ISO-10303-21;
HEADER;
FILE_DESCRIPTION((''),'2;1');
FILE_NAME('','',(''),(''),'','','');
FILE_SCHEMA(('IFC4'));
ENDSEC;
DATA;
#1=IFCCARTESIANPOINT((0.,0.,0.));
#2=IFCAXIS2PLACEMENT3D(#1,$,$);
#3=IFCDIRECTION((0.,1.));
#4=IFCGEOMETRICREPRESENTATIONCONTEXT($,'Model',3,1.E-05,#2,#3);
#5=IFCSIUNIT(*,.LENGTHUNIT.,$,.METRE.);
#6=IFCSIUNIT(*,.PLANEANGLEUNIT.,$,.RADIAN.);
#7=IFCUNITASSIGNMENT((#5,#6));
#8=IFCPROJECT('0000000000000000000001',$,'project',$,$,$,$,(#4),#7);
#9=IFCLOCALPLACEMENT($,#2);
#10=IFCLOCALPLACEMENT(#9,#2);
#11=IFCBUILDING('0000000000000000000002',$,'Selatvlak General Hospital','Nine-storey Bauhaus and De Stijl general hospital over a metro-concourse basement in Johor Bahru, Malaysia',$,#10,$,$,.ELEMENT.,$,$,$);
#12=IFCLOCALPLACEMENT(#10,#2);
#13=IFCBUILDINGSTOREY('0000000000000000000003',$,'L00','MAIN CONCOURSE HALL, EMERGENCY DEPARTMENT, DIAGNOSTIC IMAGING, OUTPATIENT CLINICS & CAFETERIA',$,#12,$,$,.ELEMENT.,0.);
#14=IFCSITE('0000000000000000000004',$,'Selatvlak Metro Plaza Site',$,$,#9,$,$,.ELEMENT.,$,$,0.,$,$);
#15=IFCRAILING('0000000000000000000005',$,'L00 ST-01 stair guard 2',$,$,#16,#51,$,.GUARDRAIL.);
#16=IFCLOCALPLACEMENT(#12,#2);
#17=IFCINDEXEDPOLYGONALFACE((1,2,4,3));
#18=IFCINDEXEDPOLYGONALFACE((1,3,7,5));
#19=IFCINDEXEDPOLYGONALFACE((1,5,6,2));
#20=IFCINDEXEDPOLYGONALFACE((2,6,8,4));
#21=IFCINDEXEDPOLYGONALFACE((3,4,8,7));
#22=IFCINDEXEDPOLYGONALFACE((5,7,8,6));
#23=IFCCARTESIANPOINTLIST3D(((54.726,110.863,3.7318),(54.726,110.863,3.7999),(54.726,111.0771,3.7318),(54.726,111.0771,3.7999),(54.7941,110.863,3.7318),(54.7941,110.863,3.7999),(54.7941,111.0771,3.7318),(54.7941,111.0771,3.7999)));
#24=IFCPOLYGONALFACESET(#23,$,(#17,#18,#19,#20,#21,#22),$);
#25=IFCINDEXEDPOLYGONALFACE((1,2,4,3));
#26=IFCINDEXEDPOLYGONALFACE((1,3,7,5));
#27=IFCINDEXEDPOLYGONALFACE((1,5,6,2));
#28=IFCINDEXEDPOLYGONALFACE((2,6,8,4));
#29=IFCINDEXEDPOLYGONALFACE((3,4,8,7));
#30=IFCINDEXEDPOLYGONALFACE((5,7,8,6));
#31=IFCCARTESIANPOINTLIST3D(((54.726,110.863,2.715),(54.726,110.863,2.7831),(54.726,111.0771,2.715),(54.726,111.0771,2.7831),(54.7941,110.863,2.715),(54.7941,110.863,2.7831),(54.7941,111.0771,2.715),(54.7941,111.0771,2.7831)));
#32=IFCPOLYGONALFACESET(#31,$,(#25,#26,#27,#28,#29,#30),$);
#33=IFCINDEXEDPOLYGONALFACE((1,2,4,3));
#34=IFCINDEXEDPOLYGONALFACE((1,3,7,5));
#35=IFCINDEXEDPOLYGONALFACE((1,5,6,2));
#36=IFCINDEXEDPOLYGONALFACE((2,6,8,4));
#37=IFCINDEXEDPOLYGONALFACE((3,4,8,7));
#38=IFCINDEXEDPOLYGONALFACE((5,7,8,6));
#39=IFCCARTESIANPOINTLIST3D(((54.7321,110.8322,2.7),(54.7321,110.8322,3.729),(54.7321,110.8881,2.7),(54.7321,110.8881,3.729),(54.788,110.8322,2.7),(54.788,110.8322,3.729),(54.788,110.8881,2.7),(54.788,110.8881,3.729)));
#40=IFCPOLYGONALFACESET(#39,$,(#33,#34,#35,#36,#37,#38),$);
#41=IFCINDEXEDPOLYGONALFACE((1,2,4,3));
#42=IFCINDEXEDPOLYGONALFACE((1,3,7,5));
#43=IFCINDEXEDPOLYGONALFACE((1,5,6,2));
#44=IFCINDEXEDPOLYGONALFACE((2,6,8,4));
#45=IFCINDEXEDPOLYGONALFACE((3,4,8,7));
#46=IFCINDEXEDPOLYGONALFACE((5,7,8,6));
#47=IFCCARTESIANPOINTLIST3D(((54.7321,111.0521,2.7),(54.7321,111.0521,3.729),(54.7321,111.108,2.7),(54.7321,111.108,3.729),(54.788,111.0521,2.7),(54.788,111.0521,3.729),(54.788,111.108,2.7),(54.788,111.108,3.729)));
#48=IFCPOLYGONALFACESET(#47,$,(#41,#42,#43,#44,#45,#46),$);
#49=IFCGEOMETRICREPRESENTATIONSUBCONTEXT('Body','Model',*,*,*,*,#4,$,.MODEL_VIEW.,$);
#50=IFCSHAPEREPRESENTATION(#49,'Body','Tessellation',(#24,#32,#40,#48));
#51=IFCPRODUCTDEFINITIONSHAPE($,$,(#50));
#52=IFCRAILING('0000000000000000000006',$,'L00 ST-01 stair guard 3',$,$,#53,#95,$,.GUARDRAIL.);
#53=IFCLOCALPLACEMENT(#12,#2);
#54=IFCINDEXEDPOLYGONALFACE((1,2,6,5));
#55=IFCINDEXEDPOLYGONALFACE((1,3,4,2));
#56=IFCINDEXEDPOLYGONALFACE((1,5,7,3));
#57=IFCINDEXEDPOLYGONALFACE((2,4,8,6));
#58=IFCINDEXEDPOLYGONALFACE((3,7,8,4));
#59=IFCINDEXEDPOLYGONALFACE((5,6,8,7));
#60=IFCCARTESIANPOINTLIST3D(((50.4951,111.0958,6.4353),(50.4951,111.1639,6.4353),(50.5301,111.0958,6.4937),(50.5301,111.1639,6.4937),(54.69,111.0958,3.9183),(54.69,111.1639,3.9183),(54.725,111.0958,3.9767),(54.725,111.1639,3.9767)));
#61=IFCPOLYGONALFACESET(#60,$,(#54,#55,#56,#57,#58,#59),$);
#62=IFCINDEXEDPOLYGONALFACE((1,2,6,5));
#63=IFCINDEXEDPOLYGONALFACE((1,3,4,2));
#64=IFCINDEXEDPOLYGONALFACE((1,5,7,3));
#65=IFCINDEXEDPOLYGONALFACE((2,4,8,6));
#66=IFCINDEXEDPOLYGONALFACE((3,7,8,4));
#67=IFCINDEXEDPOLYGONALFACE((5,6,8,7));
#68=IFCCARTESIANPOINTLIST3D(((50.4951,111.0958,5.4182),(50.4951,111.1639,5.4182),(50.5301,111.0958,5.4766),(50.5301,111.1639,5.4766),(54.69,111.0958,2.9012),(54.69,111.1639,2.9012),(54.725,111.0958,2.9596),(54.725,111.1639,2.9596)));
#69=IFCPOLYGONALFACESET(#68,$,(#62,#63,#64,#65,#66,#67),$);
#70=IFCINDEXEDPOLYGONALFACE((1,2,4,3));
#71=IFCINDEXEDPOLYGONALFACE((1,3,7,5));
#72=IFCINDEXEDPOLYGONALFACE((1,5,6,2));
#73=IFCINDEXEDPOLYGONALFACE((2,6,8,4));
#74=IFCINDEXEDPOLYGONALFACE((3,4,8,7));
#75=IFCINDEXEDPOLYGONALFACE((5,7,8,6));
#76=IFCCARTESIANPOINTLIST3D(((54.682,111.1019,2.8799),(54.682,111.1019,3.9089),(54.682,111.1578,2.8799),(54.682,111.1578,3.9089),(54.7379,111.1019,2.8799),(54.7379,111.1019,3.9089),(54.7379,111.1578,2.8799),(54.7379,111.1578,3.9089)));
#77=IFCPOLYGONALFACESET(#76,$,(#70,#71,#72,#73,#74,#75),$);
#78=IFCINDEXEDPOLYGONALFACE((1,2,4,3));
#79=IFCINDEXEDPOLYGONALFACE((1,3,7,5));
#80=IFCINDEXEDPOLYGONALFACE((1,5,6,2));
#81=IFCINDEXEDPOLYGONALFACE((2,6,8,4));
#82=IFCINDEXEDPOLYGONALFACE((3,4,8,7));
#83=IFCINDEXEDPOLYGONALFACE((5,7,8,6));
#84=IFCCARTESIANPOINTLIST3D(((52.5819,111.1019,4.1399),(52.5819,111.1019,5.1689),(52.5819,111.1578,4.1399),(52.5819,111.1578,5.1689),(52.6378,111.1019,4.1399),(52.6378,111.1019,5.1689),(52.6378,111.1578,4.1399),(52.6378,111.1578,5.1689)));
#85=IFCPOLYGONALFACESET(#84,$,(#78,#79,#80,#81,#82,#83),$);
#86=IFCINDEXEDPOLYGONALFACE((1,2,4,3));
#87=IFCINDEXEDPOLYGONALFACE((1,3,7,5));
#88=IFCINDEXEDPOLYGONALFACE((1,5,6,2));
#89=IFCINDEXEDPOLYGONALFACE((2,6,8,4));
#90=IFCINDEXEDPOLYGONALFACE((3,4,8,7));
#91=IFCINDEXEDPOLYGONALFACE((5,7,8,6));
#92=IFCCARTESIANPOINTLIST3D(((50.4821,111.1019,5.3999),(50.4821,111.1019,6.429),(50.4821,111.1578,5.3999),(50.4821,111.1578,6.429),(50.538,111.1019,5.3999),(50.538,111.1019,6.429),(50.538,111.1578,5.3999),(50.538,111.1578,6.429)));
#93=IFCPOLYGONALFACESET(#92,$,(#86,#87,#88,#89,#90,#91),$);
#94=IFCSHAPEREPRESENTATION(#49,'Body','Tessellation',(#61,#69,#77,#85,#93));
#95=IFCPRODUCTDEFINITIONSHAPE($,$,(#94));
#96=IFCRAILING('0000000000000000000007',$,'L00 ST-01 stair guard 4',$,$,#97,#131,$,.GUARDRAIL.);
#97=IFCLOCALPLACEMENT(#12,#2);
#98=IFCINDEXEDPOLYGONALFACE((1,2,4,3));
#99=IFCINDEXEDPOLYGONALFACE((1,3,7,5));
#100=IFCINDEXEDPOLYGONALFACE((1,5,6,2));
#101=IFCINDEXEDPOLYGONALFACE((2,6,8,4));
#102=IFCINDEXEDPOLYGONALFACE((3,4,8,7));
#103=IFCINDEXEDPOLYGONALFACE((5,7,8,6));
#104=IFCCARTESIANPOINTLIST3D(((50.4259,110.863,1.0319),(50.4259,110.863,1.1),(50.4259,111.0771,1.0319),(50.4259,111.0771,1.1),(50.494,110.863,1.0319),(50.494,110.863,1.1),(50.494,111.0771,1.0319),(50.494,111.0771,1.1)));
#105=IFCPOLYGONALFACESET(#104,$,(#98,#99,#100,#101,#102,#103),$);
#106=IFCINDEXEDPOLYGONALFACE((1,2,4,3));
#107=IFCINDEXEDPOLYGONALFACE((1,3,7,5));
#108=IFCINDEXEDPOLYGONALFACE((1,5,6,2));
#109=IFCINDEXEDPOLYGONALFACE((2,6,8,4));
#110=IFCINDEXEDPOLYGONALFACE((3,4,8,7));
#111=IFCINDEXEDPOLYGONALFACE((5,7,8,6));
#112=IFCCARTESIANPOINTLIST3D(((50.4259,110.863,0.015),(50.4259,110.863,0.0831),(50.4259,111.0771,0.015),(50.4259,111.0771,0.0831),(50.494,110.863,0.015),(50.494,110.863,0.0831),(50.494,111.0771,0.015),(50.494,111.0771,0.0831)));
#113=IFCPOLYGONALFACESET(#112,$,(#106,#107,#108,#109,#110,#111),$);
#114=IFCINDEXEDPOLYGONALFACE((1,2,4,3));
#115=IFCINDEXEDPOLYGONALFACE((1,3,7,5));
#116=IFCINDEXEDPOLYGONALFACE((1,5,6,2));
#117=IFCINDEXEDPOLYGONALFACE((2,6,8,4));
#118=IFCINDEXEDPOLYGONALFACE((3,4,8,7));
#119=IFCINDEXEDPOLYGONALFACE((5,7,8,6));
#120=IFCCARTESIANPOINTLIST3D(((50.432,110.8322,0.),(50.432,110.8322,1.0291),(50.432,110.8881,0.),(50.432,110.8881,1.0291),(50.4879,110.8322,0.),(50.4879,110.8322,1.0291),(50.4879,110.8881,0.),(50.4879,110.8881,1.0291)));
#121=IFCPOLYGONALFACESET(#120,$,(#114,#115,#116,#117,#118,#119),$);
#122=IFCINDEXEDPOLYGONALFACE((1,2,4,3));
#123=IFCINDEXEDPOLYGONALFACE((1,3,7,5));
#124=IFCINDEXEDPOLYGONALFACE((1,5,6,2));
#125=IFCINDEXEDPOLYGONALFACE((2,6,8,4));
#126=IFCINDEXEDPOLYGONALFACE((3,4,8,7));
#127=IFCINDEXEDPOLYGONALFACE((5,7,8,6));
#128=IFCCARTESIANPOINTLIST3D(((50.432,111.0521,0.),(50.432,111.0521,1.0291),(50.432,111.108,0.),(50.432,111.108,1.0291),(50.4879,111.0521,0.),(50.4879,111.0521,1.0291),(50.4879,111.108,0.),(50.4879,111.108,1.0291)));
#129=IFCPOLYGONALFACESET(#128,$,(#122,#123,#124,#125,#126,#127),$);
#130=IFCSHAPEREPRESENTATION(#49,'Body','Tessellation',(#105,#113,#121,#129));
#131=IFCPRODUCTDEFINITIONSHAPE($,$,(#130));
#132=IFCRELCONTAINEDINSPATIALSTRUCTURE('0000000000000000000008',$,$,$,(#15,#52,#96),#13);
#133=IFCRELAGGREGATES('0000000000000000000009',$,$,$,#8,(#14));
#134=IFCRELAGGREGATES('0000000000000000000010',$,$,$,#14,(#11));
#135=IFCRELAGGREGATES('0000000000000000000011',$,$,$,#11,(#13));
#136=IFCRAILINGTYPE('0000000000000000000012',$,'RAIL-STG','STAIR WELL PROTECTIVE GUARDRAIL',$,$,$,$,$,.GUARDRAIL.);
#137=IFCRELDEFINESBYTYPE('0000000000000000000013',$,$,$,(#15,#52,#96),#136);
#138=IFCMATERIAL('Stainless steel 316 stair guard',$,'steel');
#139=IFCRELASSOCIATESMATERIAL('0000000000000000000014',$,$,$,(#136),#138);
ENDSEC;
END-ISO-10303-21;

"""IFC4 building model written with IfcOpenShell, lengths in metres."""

from ifc_helpers import new_model, si_unit, direction, frame, origin, origin_2d, place, context, subcontext, project, spatial, rectangle, extrude, material, type_object, element, save


model = new_model("IFC4")

# Units and contexts
model_context = context("Model", 3, precision=1e-05, world=origin(), true_north=direction((0.0, 1.0)))
body_context = subcontext(model_context, "Body", "Model", "MODEL_VIEW")
ifc_project = project(units=[si_unit("LENGTHUNIT", "METRE"), si_unit("PLANEANGLEUNIT", "RADIAN")], contexts=[model_context])

# Site, building, storey
site_placement = place(None, origin())
site = spatial("IfcSite", under=ifc_project, at=site_placement, Name="Selatvlak Metro Plaza Site", CompositionType="ELEMENT", RefElevation=0.0)
building_placement = place(site_placement, origin())
building = spatial("IfcBuilding", under=site, at=building_placement, Name="Selatvlak General Hospital", Description="Nine-storey Bauhaus and De Stijl general hospital over a metro-concourse basement in Johor Bahru, Malaysia", CompositionType="ELEMENT")
storey_placement = place(building_placement, origin())
storey = spatial("IfcBuildingStorey", under=building, at=storey_placement, Name="L00", Description="MAIN CONCOURSE HALL, EMERGENCY DEPARTMENT, DIAGNOSTIC IMAGING, OUTPATIENT CLINICS & CAFETERIA", CompositionType="ELEMENT", Elevation=0.0)

# Railings
ifc_material_1 = material(Name="Stainless steel 316 stair guard", Category="steel")
railing_type_1 = type_object("IfcRailingType", Name="RAIL-STG", Description="STAIR WELL PROTECTIVE GUARDRAIL", PredefinedType="GUARDRAIL", material=ifc_material_1)
railing_1_placement = place(storey_placement, frame((54.76, 110.8601, 2.7)))
element("IfcRailing", 1, at=railing_1_placement, inside=storey, type_object=railing_type_1, Name="L00 ST-01 stair guard 2", PredefinedType="GUARDRAIL", context=body_context, shape_type="SweptSolid", body=[
    extrude(rectangle(XDim=0.0681, YDim=0.0681, at=origin_2d()), frame((0.0, 0.0029, 1.0659), z_axis=(0.0, 1.0, 0.0), x_axis=(-1.0, 0.0, 0.0)), (0.0, 0.0, 1.0), 0.2141),
    extrude(rectangle(XDim=0.0681, YDim=0.0681, at=origin_2d()), frame((0.0, 0.0029, 0.0491), z_axis=(0.0, 1.0, 0.0), x_axis=(-1.0, 0.0, 0.0)), (0.0, 0.0, 1.0), 0.2141),
    extrude(rectangle(XDim=0.0559, YDim=0.0559, at=origin_2d()), origin(), (0.0, 0.0, 1.0), 1.0291),
    extrude(rectangle(XDim=0.0559, YDim=0.0559, at=origin_2d()), frame((0.0, 0.22, 0.0)), (0.0, 0.0, 1.0), 1.0291),
])
railing_2_placement = place(storey_placement, frame((54.71, 111.1299, 2.8799)))
element("IfcRailing", 2, at=railing_2_placement, inside=storey, type_object=railing_type_1, Name="L00 ST-01 stair guard 3", PredefinedType="GUARDRAIL", context=body_context, shape_type="SweptSolid", body=[
    extrude(rectangle(XDim=0.0681, YDim=0.0681, at=origin_2d()), frame((-0.0024, 0.0, 1.0676), z_axis=(-0.857489, 0.0, 0.514503), x_axis=(0.0, -1.0, 0.0)), (0.0, 0.0, 1.0), 4.8921),
    extrude(rectangle(XDim=0.0681, YDim=0.0681, at=origin_2d()), frame((-0.0024, 0.0, 0.0505), z_axis=(-0.857489, 0.0, 0.514503), x_axis=(0.0, -1.0, 0.0)), (0.0, 0.0, 1.0), 4.8921),
    extrude(rectangle(XDim=0.0559, YDim=0.0559, at=origin_2d()), origin(), (0.0, 0.0, 1.0), 1.0291),
    extrude(rectangle(XDim=0.0559, YDim=0.0559, at=origin_2d()), frame((-2.1001, 0.0, 1.26)), (0.0, 0.0, 1.0), 1.0291),
    extrude(rectangle(XDim=0.0559, YDim=0.0559, at=origin_2d()), frame((-4.2, 0.0, 2.52)), (0.0, 0.0, 1.0), 1.0291),
])
railing_3_placement = place(storey_placement, frame((50.46, 110.8601, 0.0)))
element("IfcRailing", 3, at=railing_3_placement, inside=storey, type_object=railing_type_1, Name="L00 ST-01 stair guard 4", PredefinedType="GUARDRAIL", context=body_context, shape_type="SweptSolid", body=[
    extrude(rectangle(XDim=0.0681, YDim=0.0681, at=origin_2d()), frame((0.0, 0.0029, 1.0659), z_axis=(0.0, 1.0, 0.0), x_axis=(-1.0, 0.0, 0.0)), (0.0, 0.0, 1.0), 0.2141),
    extrude(rectangle(XDim=0.0681, YDim=0.0681, at=origin_2d()), frame((0.0, 0.0029, 0.0491), z_axis=(0.0, 1.0, 0.0), x_axis=(-1.0, 0.0, 0.0)), (0.0, 0.0, 1.0), 0.2141),
    extrude(rectangle(XDim=0.0559, YDim=0.0559, at=origin_2d()), origin(), (0.0, 0.0, 1.0), 1.0291),
    extrude(rectangle(XDim=0.0559, YDim=0.0559, at=origin_2d()), frame((0.0, 0.22, 0.0)), (0.0, 0.0, 1.0), 1.0291),
])

save(model, "model.ifc")
